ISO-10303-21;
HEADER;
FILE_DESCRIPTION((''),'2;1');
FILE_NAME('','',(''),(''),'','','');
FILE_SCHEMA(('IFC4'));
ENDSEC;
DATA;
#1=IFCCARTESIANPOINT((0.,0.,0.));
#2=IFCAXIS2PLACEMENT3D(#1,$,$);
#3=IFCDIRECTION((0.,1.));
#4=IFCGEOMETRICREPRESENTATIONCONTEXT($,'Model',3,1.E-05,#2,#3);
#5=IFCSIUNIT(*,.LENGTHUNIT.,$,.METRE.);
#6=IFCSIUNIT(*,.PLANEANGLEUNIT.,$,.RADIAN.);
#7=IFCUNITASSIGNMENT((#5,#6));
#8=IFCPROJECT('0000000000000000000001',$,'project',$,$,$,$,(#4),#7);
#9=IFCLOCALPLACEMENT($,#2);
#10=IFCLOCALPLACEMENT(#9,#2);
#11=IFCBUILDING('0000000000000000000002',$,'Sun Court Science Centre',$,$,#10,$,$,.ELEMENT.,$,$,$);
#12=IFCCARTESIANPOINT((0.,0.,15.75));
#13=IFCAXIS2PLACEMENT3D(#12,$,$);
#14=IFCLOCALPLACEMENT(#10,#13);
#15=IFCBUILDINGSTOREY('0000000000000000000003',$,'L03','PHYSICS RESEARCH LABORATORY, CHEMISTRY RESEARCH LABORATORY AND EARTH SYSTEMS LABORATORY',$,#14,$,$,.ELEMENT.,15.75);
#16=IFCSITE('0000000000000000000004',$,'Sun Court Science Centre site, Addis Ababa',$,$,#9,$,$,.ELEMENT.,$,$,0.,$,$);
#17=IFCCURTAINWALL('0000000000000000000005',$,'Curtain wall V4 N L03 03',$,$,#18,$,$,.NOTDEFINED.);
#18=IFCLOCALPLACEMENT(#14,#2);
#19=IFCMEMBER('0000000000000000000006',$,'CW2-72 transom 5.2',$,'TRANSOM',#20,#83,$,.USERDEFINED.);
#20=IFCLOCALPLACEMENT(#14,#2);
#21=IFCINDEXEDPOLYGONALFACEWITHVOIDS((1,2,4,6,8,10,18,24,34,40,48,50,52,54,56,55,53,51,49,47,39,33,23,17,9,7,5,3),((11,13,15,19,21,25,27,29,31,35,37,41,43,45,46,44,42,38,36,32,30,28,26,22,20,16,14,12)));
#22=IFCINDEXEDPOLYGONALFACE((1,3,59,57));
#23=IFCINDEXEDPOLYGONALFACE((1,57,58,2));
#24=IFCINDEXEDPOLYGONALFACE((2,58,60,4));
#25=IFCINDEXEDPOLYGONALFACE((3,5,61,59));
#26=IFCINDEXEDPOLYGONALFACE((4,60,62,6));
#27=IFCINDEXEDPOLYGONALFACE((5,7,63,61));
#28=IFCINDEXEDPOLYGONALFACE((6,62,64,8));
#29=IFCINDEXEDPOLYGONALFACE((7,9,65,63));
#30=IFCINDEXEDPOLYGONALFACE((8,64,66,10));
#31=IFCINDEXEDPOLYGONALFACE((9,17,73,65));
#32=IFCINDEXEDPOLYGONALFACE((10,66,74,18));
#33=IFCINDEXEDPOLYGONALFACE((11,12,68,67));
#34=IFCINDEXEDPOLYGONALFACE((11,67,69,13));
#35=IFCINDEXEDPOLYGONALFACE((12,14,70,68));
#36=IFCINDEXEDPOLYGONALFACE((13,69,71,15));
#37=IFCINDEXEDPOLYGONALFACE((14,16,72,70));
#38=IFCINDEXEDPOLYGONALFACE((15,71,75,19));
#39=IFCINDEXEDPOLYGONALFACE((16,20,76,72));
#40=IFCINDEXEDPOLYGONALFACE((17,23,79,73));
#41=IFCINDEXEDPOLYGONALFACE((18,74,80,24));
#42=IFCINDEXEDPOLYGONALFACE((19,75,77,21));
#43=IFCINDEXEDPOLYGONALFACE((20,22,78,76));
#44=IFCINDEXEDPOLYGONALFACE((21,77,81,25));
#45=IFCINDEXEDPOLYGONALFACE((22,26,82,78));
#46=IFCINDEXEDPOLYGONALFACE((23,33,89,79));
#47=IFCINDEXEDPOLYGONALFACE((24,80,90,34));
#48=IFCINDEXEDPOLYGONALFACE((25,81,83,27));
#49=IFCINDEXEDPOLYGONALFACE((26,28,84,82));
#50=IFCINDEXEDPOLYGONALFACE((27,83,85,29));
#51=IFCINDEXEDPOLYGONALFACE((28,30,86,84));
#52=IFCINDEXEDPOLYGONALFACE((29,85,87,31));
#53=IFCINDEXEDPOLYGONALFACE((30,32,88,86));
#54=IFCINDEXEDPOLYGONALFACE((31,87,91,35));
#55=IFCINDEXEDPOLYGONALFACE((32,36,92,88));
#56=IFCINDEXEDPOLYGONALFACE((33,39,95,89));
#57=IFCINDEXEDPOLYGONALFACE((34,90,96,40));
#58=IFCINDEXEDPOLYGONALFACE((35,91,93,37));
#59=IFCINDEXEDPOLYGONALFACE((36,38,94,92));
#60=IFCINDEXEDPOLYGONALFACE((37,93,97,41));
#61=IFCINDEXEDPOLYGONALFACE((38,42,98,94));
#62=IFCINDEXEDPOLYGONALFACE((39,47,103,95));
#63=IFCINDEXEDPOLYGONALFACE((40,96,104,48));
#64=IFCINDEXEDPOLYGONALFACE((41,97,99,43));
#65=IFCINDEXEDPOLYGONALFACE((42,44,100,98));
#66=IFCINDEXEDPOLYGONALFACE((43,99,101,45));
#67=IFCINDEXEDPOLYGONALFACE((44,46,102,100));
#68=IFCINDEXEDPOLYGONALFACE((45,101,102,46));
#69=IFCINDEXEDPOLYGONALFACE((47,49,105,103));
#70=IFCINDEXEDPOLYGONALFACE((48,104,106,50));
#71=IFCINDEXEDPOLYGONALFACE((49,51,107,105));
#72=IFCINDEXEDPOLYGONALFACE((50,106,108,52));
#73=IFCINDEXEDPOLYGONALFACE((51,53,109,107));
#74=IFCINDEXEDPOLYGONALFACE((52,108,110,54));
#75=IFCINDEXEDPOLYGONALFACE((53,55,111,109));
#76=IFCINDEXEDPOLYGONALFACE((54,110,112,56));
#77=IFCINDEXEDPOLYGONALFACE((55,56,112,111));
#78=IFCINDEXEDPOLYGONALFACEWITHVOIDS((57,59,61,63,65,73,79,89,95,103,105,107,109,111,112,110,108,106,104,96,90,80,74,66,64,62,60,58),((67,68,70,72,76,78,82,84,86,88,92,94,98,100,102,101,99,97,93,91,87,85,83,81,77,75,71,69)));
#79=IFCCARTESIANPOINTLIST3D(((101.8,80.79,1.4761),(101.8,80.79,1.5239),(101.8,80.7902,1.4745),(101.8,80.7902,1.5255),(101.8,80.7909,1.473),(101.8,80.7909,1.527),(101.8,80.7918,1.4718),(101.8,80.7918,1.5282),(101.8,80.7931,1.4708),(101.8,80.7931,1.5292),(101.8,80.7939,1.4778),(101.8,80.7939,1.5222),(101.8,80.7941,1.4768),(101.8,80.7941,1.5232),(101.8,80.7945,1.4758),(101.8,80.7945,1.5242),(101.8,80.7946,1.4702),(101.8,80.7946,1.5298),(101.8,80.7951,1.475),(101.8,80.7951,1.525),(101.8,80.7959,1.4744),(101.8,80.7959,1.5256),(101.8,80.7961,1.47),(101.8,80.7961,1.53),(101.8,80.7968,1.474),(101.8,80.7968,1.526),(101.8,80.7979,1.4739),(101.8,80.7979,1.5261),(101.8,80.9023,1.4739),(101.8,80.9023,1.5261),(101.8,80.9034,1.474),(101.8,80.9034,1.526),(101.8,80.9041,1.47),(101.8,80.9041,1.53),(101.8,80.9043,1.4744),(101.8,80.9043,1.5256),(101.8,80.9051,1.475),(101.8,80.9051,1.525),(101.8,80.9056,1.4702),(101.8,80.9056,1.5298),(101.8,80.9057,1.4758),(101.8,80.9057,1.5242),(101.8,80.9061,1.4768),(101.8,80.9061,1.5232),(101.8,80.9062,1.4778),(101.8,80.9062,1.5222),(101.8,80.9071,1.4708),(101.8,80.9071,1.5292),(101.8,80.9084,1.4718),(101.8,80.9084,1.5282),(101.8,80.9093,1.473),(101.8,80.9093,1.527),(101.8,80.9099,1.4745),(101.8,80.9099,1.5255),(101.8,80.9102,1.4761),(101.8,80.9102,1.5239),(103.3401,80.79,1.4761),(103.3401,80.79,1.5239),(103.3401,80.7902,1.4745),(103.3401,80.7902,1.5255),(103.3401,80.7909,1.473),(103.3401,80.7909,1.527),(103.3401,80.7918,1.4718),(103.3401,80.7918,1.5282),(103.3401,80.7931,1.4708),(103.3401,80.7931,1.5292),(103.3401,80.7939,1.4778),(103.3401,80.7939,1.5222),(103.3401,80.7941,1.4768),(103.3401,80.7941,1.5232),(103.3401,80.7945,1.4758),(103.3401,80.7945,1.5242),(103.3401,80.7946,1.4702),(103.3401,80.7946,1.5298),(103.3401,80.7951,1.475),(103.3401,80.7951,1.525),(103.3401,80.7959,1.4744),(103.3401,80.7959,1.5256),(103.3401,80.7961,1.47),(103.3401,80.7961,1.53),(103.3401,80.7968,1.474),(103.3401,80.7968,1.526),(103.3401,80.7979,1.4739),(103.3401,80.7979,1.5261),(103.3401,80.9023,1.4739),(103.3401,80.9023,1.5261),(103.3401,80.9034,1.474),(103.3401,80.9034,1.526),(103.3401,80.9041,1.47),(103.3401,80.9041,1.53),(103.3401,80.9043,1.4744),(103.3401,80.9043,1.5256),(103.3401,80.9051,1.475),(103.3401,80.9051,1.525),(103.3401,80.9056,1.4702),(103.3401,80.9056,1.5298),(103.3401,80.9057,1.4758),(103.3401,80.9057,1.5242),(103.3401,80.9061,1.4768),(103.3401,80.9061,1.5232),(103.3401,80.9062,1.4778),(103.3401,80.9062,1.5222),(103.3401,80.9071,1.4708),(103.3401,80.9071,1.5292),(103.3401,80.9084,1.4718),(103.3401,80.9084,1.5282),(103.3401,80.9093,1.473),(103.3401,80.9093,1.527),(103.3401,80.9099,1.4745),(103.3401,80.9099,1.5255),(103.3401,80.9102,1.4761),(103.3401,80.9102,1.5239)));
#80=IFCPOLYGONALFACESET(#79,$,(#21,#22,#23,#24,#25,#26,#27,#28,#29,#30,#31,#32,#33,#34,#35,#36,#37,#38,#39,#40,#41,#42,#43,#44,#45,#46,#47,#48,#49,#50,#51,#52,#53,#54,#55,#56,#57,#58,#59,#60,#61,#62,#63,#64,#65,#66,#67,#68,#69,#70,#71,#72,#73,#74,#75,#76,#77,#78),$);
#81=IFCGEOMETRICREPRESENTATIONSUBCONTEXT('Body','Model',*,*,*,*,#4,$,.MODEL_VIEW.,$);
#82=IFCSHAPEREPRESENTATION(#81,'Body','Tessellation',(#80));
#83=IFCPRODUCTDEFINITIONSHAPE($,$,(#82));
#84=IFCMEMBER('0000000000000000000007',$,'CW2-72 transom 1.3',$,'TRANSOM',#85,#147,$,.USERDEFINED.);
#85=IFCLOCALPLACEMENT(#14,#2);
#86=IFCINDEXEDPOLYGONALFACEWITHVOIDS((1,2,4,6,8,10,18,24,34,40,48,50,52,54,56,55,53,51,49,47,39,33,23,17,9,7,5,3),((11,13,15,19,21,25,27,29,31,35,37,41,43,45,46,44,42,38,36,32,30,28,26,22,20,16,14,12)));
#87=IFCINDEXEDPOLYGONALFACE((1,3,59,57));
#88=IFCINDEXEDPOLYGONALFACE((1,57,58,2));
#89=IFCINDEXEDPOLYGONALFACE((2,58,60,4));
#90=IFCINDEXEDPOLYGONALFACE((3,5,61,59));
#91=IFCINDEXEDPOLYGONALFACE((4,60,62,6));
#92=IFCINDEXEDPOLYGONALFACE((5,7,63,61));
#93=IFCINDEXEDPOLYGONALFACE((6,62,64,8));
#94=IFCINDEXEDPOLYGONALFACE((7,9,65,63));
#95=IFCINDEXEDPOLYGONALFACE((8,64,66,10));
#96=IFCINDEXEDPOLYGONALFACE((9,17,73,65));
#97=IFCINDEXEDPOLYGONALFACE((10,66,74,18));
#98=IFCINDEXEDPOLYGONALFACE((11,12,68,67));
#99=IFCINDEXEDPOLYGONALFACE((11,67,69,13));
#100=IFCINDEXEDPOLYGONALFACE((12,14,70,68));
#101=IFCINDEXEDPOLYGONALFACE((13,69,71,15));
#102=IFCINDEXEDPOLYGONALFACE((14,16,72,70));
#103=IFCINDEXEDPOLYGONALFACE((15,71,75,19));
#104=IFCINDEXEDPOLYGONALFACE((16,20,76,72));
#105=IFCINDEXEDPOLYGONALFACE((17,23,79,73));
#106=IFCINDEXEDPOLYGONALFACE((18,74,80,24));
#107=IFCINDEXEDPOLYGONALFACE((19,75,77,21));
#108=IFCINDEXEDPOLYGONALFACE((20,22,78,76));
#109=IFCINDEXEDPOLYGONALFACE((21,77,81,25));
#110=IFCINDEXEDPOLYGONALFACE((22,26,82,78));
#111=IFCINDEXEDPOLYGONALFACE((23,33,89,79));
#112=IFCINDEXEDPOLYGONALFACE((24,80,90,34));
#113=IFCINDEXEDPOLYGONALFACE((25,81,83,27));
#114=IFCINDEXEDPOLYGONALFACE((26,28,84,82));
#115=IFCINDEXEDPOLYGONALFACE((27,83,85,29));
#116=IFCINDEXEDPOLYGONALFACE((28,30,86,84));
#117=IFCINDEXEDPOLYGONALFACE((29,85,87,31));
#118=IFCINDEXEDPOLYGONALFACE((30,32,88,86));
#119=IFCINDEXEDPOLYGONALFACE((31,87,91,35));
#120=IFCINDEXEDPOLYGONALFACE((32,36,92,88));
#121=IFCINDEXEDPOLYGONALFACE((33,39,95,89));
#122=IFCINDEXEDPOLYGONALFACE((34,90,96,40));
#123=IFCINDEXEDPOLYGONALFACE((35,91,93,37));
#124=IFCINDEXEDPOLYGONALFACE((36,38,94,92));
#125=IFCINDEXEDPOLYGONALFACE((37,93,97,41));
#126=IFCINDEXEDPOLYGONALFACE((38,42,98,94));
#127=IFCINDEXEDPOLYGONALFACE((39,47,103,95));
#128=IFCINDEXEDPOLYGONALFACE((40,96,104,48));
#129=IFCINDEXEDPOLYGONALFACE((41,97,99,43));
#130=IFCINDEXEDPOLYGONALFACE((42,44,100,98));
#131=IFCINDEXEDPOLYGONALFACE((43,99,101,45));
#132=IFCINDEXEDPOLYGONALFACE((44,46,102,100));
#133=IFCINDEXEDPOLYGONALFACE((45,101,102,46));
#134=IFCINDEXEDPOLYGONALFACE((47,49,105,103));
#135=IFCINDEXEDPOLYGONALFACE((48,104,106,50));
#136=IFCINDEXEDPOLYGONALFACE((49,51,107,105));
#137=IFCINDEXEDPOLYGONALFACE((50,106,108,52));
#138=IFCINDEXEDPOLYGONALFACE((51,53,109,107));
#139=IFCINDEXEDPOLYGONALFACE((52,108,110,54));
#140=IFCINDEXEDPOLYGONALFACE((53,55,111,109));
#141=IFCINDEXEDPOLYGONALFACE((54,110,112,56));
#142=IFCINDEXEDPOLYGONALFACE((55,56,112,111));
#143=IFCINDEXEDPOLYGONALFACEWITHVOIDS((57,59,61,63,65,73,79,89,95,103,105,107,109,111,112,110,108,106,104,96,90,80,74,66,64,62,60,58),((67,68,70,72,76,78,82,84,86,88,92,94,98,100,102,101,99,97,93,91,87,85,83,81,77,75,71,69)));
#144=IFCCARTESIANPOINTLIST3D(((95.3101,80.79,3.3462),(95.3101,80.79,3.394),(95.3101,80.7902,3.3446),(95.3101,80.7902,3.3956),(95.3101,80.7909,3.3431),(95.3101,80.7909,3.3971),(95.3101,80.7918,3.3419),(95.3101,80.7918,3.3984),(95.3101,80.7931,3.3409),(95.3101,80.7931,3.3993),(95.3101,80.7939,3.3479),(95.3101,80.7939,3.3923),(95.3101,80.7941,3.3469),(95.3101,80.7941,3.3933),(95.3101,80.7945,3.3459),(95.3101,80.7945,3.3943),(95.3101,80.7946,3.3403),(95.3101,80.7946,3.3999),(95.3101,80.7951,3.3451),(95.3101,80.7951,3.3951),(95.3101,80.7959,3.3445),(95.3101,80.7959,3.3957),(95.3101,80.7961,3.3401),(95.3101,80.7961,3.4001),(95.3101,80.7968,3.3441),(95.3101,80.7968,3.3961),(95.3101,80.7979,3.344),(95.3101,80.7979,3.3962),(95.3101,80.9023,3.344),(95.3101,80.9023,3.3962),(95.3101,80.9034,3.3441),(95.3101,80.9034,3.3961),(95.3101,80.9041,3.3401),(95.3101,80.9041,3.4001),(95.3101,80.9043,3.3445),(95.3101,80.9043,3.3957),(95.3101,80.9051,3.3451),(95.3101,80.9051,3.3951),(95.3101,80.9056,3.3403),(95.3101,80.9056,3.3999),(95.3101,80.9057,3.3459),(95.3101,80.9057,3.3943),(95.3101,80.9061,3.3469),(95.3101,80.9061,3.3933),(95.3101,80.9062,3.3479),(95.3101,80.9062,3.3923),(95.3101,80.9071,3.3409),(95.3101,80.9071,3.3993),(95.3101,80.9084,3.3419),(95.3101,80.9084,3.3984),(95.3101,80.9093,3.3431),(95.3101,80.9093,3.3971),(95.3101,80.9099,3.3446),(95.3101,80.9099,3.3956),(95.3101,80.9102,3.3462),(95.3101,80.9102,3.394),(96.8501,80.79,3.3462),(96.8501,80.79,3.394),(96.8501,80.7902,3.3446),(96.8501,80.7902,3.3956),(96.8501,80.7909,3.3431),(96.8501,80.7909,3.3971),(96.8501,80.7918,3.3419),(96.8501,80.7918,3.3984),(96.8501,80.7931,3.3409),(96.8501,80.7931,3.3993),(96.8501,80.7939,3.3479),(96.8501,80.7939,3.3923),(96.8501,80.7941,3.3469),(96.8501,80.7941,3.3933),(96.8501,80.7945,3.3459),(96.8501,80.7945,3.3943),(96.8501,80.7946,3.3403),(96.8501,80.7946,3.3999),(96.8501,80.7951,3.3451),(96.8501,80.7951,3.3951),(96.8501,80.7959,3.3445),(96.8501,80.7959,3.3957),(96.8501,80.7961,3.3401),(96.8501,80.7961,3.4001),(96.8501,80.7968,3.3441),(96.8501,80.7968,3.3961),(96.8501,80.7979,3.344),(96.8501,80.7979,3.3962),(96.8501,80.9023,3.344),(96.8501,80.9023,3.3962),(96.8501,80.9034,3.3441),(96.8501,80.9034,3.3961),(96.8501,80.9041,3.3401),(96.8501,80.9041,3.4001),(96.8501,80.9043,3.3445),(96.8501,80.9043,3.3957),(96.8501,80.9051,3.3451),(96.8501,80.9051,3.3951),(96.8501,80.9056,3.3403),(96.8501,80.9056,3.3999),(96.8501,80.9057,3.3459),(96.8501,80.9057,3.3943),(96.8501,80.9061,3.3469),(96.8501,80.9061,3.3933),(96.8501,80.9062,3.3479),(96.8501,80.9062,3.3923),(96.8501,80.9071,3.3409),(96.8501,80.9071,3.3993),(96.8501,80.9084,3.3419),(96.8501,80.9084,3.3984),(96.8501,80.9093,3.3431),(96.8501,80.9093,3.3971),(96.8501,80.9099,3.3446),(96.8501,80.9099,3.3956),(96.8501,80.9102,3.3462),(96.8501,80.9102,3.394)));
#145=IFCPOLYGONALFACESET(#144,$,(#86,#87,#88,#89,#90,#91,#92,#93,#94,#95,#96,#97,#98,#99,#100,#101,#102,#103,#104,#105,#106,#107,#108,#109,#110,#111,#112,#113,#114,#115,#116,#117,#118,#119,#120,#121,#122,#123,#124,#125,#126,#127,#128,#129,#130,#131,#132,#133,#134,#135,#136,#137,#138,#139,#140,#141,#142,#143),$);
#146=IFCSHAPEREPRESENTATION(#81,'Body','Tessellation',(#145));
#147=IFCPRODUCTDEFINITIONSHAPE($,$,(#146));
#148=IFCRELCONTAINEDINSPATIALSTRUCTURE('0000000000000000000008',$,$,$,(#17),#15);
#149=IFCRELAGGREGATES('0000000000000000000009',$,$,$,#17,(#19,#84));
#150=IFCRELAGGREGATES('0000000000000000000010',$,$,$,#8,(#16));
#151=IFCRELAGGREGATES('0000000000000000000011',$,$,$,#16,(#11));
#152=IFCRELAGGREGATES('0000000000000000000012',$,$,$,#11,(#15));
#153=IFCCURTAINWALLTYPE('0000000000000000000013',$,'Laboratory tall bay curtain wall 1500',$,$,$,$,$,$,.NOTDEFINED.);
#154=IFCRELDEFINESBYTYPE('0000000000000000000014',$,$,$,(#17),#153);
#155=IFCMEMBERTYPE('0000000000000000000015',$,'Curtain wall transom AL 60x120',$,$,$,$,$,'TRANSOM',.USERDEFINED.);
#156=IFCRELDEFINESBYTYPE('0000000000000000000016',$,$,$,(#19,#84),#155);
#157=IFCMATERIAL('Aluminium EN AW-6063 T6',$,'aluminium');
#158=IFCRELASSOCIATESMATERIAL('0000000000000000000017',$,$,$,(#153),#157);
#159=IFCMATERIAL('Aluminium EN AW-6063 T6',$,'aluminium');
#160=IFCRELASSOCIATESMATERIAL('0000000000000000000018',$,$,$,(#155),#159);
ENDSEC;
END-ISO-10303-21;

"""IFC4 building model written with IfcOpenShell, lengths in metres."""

from ifc_helpers import new_model, si_unit, direction, frame, origin, origin_2d, place, context, subcontext, project, spatial, hollow_rectangle, extrude, material, material_profile, profile_set, type_object, element, aggregate, save


model = new_model("IFC4")

# Units and contexts
model_context = context("Model", 3, precision=1e-05, world=origin(), true_north=direction((0.0, 1.0)))
body_context = subcontext(model_context, "Body", "Model", "MODEL_VIEW")
ifc_project = project(units=[si_unit("LENGTHUNIT", "METRE"), si_unit("PLANEANGLEUNIT", "RADIAN")], contexts=[model_context])

# Site, building, storey
site_placement = place(None, origin())
site = spatial("IfcSite", under=ifc_project, at=site_placement, Name="Sun Court Science Centre site, Addis Ababa", CompositionType="ELEMENT", RefElevation=0.0)
building_placement = place(site_placement, origin())
building = spatial("IfcBuilding", under=site, at=building_placement, Name="Sun Court Science Centre", CompositionType="ELEMENT")
storey_placement = place(building_placement, frame((0.0, 0.0, 15.75)))
storey = spatial("IfcBuildingStorey", under=building, at=storey_placement, Name="L03", Description="PHYSICS RESEARCH LABORATORY, CHEMISTRY RESEARCH LABORATORY AND EARTH SYSTEMS LABORATORY", CompositionType="ELEMENT", Elevation=15.75)

# Shared definitions
ifc_material_1 = material(Name="Aluminium EN AW-6063 T6", Category="aluminium")
curtain_wall_type = type_object("IfcCurtainWallType", Name="Laboratory tall bay curtain wall 1500", PredefinedType="NOTDEFINED", material=ifc_material_1)

# Curtain wall
curtain_wall_1_placement = place(storey_placement, origin())
curtain_wall_1 = element("IfcCurtainWall", 1, at=curtain_wall_1_placement, inside=storey, type_object=curtain_wall_type, Name="Curtain wall V4 N L03 03", PredefinedType="NOTDEFINED")

# Members
ifc_material_2 = material(Name="Aluminium EN AW-6063 T6", Category="aluminium")
ifc_material_profile_1 = material_profile(ifc_material_2, hollow_rectangle(XDim=0.0601, YDim=0.1201, WallThickness=0.0039, InnerFilletRadius=0.0039, OuterFilletRadius=0.0061, at=origin_2d()), Name="AL 60x120x4")
ifc_profile_set_1 = profile_set([ifc_material_profile_1], Name="Aluminium EN AW-6063 T6")
member_type_1 = type_object("IfcMemberType", Name="Curtain wall transom AL 60x120", ElementType="TRANSOM", PredefinedType="USERDEFINED", material=ifc_profile_set_1)
member_1_placement = place(storey_placement, frame((101.8, 80.8501, 1.5), z_axis=(1.0, 0.0, 0.0), x_axis=(0.0, 0.0, 1.0)))
member_1 = element("IfcMember", 2, at=member_1_placement, type_object=member_type_1, Name="CW2-72 transom 5.2", ObjectType="TRANSOM", PredefinedType="USERDEFINED", context=body_context, shape_type="SweptSolid", body=[
    extrude(hollow_rectangle(XDim=0.0601, YDim=0.1201, WallThickness=0.0039, InnerFilletRadius=0.0039, OuterFilletRadius=0.0061, at=origin_2d()), origin(), (0.0, 0.0, 1.0), 1.54),
])
member_2_placement = place(storey_placement, frame((95.3101, 80.8501, 3.3701), z_axis=(1.0, 0.0, 0.0), x_axis=(0.0, 0.0, 1.0)))
member_2 = element("IfcMember", 3, at=member_2_placement, type_object=member_type_1, Name="CW2-72 transom 1.3", ObjectType="TRANSOM", PredefinedType="USERDEFINED", context=body_context, shape_type="SweptSolid", body=[
    extrude(hollow_rectangle(XDim=0.0601, YDim=0.1201, WallThickness=0.0039, InnerFilletRadius=0.0039, OuterFilletRadius=0.0061, at=origin_2d()), origin(), (0.0, 0.0, 1.0), 1.54),
])

aggregate(curtain_wall_1, [member_1, member_2])

save(model, "model.ifc")
